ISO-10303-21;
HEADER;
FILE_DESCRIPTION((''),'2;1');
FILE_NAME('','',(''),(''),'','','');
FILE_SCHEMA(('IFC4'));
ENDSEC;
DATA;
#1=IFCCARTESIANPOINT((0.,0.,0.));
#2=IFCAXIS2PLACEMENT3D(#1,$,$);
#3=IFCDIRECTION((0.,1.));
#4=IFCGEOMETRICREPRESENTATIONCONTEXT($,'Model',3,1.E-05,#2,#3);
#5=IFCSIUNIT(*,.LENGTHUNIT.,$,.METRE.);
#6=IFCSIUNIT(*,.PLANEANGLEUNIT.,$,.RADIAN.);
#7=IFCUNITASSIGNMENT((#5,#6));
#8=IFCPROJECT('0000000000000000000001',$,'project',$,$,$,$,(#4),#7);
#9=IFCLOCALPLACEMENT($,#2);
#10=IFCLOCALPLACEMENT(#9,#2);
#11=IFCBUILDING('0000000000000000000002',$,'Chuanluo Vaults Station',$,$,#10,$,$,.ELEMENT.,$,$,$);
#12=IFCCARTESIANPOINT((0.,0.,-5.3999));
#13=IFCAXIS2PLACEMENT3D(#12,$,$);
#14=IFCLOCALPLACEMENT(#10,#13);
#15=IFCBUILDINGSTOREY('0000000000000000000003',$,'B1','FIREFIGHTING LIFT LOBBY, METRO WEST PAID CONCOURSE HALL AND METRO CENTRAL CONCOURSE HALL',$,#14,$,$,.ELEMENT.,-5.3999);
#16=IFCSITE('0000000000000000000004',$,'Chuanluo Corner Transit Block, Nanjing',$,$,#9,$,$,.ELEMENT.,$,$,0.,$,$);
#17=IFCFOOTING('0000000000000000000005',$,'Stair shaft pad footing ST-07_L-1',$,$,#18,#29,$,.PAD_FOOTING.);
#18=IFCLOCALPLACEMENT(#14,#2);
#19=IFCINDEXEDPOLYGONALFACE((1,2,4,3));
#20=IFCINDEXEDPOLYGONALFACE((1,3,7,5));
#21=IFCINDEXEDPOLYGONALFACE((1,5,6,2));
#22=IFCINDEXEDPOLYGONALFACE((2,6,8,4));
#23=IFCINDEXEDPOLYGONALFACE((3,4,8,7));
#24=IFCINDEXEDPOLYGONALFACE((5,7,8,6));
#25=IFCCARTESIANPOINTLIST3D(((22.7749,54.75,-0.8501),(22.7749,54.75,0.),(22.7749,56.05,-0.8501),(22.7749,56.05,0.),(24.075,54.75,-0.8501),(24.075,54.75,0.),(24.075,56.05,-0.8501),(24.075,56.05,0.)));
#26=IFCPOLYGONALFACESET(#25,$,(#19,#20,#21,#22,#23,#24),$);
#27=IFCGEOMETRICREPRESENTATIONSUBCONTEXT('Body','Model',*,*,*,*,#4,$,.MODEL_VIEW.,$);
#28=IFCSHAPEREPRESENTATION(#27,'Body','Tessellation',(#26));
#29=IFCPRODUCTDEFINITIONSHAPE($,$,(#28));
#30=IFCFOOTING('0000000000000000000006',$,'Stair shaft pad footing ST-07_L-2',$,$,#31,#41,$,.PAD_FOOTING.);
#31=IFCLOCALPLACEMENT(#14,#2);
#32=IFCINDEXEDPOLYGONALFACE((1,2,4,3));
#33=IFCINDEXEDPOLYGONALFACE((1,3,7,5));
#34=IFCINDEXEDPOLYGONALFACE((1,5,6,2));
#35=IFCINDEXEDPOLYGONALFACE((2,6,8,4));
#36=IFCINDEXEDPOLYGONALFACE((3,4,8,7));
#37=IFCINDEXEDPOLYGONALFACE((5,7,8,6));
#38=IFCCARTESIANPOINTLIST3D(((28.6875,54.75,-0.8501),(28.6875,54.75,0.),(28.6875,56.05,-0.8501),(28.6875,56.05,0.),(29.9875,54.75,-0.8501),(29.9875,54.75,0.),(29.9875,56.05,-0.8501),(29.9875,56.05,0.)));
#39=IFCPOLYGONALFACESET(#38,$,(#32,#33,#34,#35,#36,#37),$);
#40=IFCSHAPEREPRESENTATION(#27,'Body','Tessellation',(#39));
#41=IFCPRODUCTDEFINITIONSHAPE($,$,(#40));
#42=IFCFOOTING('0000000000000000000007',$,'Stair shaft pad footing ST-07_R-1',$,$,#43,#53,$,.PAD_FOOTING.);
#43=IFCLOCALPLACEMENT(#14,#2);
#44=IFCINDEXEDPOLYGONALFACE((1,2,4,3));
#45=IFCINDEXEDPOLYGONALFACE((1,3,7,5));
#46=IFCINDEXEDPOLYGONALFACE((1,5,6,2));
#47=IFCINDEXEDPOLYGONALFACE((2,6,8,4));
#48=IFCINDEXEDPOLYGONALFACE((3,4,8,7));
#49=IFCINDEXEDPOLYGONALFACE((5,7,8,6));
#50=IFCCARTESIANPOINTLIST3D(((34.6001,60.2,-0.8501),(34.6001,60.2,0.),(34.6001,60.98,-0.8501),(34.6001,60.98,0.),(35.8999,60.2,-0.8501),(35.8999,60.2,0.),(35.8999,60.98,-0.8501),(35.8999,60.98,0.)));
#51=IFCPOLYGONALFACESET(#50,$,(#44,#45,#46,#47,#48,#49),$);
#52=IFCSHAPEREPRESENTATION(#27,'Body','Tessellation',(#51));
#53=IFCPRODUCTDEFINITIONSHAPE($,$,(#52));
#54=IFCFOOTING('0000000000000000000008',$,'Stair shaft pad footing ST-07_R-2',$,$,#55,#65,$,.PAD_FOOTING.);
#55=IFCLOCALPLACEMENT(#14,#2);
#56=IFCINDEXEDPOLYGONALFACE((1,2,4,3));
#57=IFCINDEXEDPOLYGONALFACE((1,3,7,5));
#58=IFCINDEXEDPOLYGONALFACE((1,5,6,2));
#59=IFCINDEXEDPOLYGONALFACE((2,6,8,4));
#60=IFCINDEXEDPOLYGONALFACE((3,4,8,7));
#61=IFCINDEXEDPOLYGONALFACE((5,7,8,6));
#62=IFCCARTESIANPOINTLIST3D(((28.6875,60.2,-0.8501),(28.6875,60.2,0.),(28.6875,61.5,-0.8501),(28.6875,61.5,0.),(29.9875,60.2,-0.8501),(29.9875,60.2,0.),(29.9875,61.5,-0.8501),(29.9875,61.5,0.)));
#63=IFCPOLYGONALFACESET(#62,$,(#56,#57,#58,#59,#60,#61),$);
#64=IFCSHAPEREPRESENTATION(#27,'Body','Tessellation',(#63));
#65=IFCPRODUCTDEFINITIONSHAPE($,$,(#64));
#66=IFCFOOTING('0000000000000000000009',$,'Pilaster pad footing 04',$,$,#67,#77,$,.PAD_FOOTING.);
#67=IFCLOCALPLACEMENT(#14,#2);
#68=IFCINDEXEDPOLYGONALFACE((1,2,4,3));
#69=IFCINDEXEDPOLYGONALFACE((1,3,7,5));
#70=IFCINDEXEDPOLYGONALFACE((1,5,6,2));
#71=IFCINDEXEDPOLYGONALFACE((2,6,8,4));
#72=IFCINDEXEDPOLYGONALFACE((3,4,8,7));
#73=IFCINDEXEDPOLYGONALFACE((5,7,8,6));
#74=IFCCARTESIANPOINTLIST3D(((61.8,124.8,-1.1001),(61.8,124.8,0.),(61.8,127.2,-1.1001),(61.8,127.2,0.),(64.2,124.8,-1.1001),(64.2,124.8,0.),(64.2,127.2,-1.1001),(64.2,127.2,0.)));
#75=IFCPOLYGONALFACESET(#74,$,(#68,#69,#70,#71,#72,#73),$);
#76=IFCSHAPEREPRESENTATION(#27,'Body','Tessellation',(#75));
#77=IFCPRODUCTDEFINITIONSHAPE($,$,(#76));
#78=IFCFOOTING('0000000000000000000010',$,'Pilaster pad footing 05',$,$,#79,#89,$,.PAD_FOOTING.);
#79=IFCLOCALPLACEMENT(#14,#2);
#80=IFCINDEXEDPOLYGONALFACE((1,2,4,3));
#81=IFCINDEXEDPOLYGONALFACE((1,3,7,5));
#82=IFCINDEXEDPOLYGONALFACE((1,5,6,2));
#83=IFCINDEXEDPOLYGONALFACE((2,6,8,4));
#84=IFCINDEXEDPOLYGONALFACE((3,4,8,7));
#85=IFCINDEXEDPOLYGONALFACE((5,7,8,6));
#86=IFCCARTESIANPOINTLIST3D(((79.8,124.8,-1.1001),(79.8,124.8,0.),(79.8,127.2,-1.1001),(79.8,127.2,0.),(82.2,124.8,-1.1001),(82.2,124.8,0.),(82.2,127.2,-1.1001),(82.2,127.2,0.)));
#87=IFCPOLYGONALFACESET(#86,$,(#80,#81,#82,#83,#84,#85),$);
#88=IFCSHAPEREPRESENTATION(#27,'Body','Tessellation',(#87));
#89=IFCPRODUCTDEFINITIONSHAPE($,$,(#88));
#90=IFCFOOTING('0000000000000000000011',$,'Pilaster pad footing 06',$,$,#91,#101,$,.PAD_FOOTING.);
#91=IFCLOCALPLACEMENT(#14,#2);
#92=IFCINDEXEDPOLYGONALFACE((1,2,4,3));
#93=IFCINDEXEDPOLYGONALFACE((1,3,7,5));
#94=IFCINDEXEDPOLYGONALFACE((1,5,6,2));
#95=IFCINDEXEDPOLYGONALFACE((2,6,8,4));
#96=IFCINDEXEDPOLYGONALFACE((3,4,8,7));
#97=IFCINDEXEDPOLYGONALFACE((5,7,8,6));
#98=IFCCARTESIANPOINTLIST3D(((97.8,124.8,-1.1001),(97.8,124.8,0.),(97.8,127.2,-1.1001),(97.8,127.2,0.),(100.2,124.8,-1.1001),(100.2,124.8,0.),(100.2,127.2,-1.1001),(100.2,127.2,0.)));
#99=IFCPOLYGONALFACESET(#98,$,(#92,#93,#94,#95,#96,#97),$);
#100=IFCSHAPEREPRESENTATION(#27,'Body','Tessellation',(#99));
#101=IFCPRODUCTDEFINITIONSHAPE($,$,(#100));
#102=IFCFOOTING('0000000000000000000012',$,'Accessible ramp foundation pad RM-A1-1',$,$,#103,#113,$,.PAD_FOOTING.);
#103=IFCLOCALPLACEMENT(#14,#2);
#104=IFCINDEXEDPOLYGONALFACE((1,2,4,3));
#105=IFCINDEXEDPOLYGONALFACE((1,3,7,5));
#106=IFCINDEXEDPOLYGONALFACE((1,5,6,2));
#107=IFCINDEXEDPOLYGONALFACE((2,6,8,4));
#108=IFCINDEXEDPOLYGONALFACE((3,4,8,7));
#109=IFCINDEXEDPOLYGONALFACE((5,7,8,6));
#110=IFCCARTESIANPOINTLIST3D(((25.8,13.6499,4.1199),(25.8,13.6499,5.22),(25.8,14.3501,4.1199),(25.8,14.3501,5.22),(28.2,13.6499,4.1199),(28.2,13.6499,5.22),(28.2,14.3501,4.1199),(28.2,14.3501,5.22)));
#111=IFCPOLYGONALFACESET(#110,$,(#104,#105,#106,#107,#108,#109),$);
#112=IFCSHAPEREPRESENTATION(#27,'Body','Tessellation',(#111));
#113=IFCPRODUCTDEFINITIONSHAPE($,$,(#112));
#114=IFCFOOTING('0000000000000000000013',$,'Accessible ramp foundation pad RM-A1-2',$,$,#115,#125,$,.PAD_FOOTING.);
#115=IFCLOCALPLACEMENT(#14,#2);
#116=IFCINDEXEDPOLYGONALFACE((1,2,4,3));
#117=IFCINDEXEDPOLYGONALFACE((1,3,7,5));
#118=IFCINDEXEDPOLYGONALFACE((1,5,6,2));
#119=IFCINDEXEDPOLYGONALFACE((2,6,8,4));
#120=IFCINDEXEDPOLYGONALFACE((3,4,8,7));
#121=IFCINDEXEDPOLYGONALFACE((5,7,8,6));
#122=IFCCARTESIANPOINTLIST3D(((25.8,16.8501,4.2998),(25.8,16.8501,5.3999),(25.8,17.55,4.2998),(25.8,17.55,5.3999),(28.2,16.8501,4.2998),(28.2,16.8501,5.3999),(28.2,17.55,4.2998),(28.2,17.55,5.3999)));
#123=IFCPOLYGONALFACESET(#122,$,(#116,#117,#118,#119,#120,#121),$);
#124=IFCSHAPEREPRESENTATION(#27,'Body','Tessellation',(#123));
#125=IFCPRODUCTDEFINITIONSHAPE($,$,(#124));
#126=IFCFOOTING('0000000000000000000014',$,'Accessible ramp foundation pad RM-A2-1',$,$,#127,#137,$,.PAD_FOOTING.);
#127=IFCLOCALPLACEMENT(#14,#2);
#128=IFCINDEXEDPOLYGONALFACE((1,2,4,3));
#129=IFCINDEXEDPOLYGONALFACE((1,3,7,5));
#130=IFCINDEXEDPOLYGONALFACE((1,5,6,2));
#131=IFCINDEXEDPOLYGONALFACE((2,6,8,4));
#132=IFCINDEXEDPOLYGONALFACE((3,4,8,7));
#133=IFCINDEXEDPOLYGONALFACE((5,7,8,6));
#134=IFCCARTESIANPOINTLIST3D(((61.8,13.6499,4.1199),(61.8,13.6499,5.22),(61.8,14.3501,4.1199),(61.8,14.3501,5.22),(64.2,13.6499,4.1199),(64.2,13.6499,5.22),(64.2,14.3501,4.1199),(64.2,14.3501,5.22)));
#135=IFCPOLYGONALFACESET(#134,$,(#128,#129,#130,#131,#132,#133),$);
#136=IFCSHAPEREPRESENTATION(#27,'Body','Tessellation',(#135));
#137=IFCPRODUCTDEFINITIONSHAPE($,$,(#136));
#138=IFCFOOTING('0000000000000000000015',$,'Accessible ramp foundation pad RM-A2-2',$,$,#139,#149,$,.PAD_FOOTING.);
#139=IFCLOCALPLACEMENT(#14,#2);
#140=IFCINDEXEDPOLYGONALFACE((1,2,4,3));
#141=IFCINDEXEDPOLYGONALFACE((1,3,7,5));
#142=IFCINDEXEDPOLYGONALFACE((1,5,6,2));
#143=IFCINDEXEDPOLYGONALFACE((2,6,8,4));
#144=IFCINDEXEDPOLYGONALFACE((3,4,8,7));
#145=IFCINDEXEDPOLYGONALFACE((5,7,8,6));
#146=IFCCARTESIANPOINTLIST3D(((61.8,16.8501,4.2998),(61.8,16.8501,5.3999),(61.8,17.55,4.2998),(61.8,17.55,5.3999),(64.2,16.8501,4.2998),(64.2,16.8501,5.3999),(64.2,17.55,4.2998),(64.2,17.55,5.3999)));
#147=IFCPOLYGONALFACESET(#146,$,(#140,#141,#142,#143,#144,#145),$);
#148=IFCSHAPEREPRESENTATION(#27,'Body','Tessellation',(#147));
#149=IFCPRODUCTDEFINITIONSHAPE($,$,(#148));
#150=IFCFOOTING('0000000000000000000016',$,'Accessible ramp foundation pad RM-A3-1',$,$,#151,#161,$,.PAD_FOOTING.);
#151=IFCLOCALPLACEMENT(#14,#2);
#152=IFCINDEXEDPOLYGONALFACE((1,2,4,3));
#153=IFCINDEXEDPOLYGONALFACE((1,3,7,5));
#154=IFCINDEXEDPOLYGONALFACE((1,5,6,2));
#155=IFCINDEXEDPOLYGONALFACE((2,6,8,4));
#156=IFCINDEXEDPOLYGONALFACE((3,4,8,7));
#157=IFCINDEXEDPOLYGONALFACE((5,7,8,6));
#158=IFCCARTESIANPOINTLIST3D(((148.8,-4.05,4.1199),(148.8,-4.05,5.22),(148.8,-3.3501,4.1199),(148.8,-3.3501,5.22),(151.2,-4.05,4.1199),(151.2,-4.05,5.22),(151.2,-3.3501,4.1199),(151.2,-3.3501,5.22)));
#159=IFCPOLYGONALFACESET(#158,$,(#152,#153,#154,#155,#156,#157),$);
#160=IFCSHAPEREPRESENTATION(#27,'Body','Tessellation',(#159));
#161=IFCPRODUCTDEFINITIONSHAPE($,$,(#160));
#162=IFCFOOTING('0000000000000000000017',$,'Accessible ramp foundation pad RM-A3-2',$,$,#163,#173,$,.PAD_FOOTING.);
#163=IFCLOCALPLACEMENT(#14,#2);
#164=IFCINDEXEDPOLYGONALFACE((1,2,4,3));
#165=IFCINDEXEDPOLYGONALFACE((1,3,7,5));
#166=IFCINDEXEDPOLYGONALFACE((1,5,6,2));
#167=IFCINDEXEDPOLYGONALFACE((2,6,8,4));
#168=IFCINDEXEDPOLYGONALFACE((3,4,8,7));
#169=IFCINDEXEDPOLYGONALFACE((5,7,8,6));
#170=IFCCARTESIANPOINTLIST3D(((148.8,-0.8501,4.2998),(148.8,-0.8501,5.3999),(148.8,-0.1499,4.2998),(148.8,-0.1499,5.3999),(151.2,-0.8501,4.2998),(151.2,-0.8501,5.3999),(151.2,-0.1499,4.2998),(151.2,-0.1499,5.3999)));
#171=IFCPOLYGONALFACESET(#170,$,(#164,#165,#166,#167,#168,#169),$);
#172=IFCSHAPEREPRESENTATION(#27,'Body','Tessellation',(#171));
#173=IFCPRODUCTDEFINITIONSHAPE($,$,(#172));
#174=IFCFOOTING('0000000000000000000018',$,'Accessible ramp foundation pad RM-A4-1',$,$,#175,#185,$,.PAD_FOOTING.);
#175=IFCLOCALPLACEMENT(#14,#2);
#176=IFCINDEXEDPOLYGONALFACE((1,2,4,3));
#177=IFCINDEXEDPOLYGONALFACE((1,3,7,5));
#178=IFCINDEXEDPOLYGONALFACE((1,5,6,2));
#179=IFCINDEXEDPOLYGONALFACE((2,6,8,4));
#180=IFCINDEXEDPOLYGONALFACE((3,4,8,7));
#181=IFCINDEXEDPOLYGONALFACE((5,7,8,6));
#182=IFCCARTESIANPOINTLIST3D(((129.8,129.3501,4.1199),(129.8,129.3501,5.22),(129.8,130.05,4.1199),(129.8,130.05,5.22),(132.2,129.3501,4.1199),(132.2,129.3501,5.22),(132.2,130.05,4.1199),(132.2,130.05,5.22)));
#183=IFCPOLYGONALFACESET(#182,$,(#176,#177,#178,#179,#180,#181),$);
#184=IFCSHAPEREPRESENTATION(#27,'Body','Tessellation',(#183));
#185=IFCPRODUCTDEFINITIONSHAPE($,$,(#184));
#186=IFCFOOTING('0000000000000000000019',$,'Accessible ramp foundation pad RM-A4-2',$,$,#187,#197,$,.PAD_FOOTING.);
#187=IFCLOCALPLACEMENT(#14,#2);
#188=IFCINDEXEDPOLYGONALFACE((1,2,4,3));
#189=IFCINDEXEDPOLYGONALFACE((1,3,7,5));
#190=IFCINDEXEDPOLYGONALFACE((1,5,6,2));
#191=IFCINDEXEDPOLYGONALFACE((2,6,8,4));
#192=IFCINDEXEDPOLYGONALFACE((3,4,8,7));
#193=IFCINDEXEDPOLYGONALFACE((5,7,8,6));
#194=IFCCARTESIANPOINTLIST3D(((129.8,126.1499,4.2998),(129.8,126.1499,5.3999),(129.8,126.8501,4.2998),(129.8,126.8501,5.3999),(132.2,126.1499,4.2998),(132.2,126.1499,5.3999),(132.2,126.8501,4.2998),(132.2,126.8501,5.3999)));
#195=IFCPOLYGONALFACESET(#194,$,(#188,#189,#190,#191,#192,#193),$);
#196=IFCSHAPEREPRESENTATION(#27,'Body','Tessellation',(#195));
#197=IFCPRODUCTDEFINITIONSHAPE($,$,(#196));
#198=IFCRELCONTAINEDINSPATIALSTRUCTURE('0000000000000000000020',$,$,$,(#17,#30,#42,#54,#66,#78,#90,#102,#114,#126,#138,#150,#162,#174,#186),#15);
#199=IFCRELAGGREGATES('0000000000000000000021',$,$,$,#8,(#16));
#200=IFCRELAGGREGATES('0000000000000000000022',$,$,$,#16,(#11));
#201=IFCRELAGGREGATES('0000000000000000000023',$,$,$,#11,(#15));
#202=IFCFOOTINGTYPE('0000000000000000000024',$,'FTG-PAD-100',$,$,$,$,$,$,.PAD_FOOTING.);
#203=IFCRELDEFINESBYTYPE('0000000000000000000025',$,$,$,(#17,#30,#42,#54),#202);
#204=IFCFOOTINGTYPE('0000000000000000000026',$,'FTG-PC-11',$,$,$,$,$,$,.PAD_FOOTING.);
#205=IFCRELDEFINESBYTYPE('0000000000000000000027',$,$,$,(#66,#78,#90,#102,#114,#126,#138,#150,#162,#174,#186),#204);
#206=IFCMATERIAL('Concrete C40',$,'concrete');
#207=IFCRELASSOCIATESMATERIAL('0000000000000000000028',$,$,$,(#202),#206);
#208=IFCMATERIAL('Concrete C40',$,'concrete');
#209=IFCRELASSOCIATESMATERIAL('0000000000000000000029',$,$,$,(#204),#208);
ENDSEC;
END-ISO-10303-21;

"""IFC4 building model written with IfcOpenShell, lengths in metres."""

from ifc_helpers import new_model, si_unit, direction, frame, origin, place, context, subcontext, project, spatial, polyline, outline, extrude, material, type_object, element, save


model = new_model("IFC4")

# Units and contexts
model_context = context("Model", 3, precision=1e-05, world=origin(), true_north=direction((0.0, 1.0)))
body_context = subcontext(model_context, "Body", "Model", "MODEL_VIEW")
ifc_project = project(units=[si_unit("LENGTHUNIT", "METRE"), si_unit("PLANEANGLEUNIT", "RADIAN")], contexts=[model_context])

# Site, building, storey
site_placement = place(None, origin())
site = spatial("IfcSite", under=ifc_project, at=site_placement, Name="Chuanluo Corner Transit Block, Nanjing", CompositionType="ELEMENT", RefElevation=0.0)
building_placement = place(site_placement, origin())
building = spatial("IfcBuilding", under=site, at=building_placement, Name="Chuanluo Vaults Station", CompositionType="ELEMENT")
storey_placement = place(building_placement, frame((0.0, 0.0, -5.3999)))
storey = spatial("IfcBuildingStorey", under=building, at=storey_placement, Name="B1", Description="FIREFIGHTING LIFT LOBBY, METRO WEST PAID CONCOURSE HALL AND METRO CENTRAL CONCOURSE HALL", CompositionType="ELEMENT", Elevation=-5.3999)

# Footings
ifc_material_1 = material(Name="Concrete C40", Category="concrete")
footing_type_1 = type_object("IfcFootingType", Name="FTG-PAD-100", PredefinedType="PAD_FOOTING", material=ifc_material_1)
footing_1_placement = place(storey_placement, frame((0.0, 0.0, -0.8501)))
element("IfcFooting", 1, at=footing_1_placement, inside=storey, type_object=footing_type_1, Name="Stair shaft pad footing ST-07_L-1", PredefinedType="PAD_FOOTING", context=body_context, shape_type="SweptSolid", body=[
    extrude(outline(polyline([(22.7749, 54.75), (24.075, 54.75), (24.075, 56.05), (22.7749, 56.05), (22.7749, 54.75)])), origin(), (0.0, 0.0, 1.0), 0.8501),
])
footing_2_placement = place(storey_placement, frame((0.0, 0.0, -0.8501)))
element("IfcFooting", 2, at=footing_2_placement, inside=storey, type_object=footing_type_1, Name="Stair shaft pad footing ST-07_L-2", PredefinedType="PAD_FOOTING", context=body_context, shape_type="SweptSolid", body=[
    extrude(outline(polyline([(28.6875, 54.75), (29.9875, 54.75), (29.9875, 56.05), (28.6875, 56.05), (28.6875, 54.75)])), origin(), (0.0, 0.0, 1.0), 0.8501),
])
footing_3_placement = place(storey_placement, frame((0.0, 0.0, -0.8501)))
element("IfcFooting", 3, at=footing_3_placement, inside=storey, type_object=footing_type_1, Name="Stair shaft pad footing ST-07_R-1", PredefinedType="PAD_FOOTING", context=body_context, shape_type="SweptSolid", body=[
    extrude(outline(polyline([(34.6001, 60.2), (35.8999, 60.2), (35.8999, 60.98), (34.6001, 60.98), (34.6001, 60.2)])), origin(), (0.0, 0.0, 1.0), 0.8501),
])
footing_4_placement = place(storey_placement, frame((0.0, 0.0, -0.8501)))
element("IfcFooting", 4, at=footing_4_placement, inside=storey, type_object=footing_type_1, Name="Stair shaft pad footing ST-07_R-2", PredefinedType="PAD_FOOTING", context=body_context, shape_type="SweptSolid", body=[
    extrude(outline(polyline([(28.6875, 60.2), (29.9875, 60.2), (29.9875, 61.5), (28.6875, 61.5), (28.6875, 60.2)])), origin(), (0.0, 0.0, 1.0), 0.8501),
])
ifc_material_2 = material(Name="Concrete C40", Category="concrete")
footing_type_2 = type_object("IfcFootingType", Name="FTG-PC-11", PredefinedType="PAD_FOOTING", material=ifc_material_2)
footing_5_placement = place(storey_placement, frame((0.0, 0.0, -1.1001)))
element("IfcFooting", 5, at=footing_5_placement, inside=storey, type_object=footing_type_2, Name="Pilaster pad footing 04", PredefinedType="PAD_FOOTING", context=body_context, shape_type="SweptSolid", body=[
    extrude(outline(polyline([(61.8, 124.8), (64.2, 124.8), (64.2, 127.2), (61.8, 127.2), (61.8, 124.8)])), origin(), (0.0, 0.0, 1.0), 1.1001),
])
footing_6_placement = place(storey_placement, frame((0.0, 0.0, -1.1001)))
element("IfcFooting", 6, at=footing_6_placement, inside=storey, type_object=footing_type_2, Name="Pilaster pad footing 05", PredefinedType="PAD_FOOTING", context=body_context, shape_type="SweptSolid", body=[
    extrude(outline(polyline([(79.8, 124.8), (82.2, 124.8), (82.2, 127.2), (79.8, 127.2), (79.8, 124.8)])), origin(), (0.0, 0.0, 1.0), 1.1001),
])
footing_7_placement = place(storey_placement, frame((0.0, 0.0, -1.1001)))
element("IfcFooting", 7, at=footing_7_placement, inside=storey, type_object=footing_type_2, Name="Pilaster pad footing 06", PredefinedType="PAD_FOOTING", context=body_context, shape_type="SweptSolid", body=[
    extrude(outline(polyline([(97.8, 124.8), (100.2, 124.8), (100.2, 127.2), (97.8, 127.2), (97.8, 124.8)])), origin(), (0.0, 0.0, 1.0), 1.1001),
])
footing_8_placement = place(storey_placement, frame((0.0, 0.0, 4.1199)))
element("IfcFooting", 8, at=footing_8_placement, inside=storey, type_object=footing_type_2, Name="Accessible ramp foundation pad RM-A1-1", PredefinedType="PAD_FOOTING", context=body_context, shape_type="SweptSolid", body=[
    extrude(outline(polyline([(25.8, 13.6499), (28.2, 13.6499), (28.2, 14.3501), (25.8, 14.3501), (25.8, 13.6499)])), origin(), (0.0, 0.0, 1.0), 1.1001),
])
footing_9_placement = place(storey_placement, frame((0.0, 0.0, 4.2998)))
element("IfcFooting", 9, at=footing_9_placement, inside=storey, type_object=footing_type_2, Name="Accessible ramp foundation pad RM-A1-2", PredefinedType="PAD_FOOTING", context=body_context, shape_type="SweptSolid", body=[
    extrude(outline(polyline([(25.8, 16.8501), (28.2, 16.8501), (28.2, 17.55), (25.8, 17.55), (25.8, 16.8501)])), origin(), (0.0, 0.0, 1.0), 1.1001),
])
footing_10_placement = place(storey_placement, frame((0.0, 0.0, 4.1199)))
element("IfcFooting", 10, at=footing_10_placement, inside=storey, type_object=footing_type_2, Name="Accessible ramp foundation pad RM-A2-1", PredefinedType="PAD_FOOTING", context=body_context, shape_type="SweptSolid", body=[
    extrude(outline(polyline([(61.8, 13.6499), (64.2, 13.6499), (64.2, 14.3501), (61.8, 14.3501), (61.8, 13.6499)])), origin(), (0.0, 0.0, 1.0), 1.1001),
])
footing_11_placement = place(storey_placement, frame((0.0, 0.0, 4.2998)))
element("IfcFooting", 11, at=footing_11_placement, inside=storey, type_object=footing_type_2, Name="Accessible ramp foundation pad RM-A2-2", PredefinedType="PAD_FOOTING", context=body_context, shape_type="SweptSolid", body=[
    extrude(outline(polyline([(61.8, 16.8501), (64.2, 16.8501), (64.2, 17.55), (61.8, 17.55), (61.8, 16.8501)])), origin(), (0.0, 0.0, 1.0), 1.1001),
])
footing_12_placement = place(storey_placement, frame((0.0, 0.0, 4.1199)))
element("IfcFooting", 12, at=footing_12_placement, inside=storey, type_object=footing_type_2, Name="Accessible ramp foundation pad RM-A3-1", PredefinedType="PAD_FOOTING", context=body_context, shape_type="SweptSolid", body=[
    extrude(outline(polyline([(148.8, -4.05), (151.2, -4.05), (151.2, -3.3501), (148.8, -3.3501), (148.8, -4.05)])), origin(), (0.0, 0.0, 1.0), 1.1001),
])
footing_13_placement = place(storey_placement, frame((0.0, 0.0, 4.2998)))
element("IfcFooting", 13, at=footing_13_placement, inside=storey, type_object=footing_type_2, Name="Accessible ramp foundation pad RM-A3-2", PredefinedType="PAD_FOOTING", context=body_context, shape_type="SweptSolid", body=[
    extrude(outline(polyline([(148.8, -0.8501), (151.2, -0.8501), (151.2, -0.1499), (148.8, -0.1499), (148.8, -0.8501)])), origin(), (0.0, 0.0, 1.0), 1.1001),
])
footing_14_placement = place(storey_placement, frame((0.0, 0.0, 4.1199)))
element("IfcFooting", 14, at=footing_14_placement, inside=storey, type_object=footing_type_2, Name="Accessible ramp foundation pad RM-A4-1", PredefinedType="PAD_FOOTING", context=body_context, shape_type="SweptSolid", body=[
    extrude(outline(polyline([(129.8, 129.3501), (132.2, 129.3501), (132.2, 130.05), (129.8, 130.05), (129.8, 129.3501)])), origin(), (0.0, 0.0, 1.0), 1.1001),
])
footing_15_placement = place(storey_placement, frame((0.0, 0.0, 4.2998)))
element("IfcFooting", 15, at=footing_15_placement, inside=storey, type_object=footing_type_2, Name="Accessible ramp foundation pad RM-A4-2", PredefinedType="PAD_FOOTING", context=body_context, shape_type="SweptSolid", body=[
    extrude(outline(polyline([(129.8, 126.1499), (132.2, 126.1499), (132.2, 126.8501), (129.8, 126.8501), (129.8, 126.1499)])), origin(), (0.0, 0.0, 1.0), 1.1001),
])

save(model, "model.ifc")
